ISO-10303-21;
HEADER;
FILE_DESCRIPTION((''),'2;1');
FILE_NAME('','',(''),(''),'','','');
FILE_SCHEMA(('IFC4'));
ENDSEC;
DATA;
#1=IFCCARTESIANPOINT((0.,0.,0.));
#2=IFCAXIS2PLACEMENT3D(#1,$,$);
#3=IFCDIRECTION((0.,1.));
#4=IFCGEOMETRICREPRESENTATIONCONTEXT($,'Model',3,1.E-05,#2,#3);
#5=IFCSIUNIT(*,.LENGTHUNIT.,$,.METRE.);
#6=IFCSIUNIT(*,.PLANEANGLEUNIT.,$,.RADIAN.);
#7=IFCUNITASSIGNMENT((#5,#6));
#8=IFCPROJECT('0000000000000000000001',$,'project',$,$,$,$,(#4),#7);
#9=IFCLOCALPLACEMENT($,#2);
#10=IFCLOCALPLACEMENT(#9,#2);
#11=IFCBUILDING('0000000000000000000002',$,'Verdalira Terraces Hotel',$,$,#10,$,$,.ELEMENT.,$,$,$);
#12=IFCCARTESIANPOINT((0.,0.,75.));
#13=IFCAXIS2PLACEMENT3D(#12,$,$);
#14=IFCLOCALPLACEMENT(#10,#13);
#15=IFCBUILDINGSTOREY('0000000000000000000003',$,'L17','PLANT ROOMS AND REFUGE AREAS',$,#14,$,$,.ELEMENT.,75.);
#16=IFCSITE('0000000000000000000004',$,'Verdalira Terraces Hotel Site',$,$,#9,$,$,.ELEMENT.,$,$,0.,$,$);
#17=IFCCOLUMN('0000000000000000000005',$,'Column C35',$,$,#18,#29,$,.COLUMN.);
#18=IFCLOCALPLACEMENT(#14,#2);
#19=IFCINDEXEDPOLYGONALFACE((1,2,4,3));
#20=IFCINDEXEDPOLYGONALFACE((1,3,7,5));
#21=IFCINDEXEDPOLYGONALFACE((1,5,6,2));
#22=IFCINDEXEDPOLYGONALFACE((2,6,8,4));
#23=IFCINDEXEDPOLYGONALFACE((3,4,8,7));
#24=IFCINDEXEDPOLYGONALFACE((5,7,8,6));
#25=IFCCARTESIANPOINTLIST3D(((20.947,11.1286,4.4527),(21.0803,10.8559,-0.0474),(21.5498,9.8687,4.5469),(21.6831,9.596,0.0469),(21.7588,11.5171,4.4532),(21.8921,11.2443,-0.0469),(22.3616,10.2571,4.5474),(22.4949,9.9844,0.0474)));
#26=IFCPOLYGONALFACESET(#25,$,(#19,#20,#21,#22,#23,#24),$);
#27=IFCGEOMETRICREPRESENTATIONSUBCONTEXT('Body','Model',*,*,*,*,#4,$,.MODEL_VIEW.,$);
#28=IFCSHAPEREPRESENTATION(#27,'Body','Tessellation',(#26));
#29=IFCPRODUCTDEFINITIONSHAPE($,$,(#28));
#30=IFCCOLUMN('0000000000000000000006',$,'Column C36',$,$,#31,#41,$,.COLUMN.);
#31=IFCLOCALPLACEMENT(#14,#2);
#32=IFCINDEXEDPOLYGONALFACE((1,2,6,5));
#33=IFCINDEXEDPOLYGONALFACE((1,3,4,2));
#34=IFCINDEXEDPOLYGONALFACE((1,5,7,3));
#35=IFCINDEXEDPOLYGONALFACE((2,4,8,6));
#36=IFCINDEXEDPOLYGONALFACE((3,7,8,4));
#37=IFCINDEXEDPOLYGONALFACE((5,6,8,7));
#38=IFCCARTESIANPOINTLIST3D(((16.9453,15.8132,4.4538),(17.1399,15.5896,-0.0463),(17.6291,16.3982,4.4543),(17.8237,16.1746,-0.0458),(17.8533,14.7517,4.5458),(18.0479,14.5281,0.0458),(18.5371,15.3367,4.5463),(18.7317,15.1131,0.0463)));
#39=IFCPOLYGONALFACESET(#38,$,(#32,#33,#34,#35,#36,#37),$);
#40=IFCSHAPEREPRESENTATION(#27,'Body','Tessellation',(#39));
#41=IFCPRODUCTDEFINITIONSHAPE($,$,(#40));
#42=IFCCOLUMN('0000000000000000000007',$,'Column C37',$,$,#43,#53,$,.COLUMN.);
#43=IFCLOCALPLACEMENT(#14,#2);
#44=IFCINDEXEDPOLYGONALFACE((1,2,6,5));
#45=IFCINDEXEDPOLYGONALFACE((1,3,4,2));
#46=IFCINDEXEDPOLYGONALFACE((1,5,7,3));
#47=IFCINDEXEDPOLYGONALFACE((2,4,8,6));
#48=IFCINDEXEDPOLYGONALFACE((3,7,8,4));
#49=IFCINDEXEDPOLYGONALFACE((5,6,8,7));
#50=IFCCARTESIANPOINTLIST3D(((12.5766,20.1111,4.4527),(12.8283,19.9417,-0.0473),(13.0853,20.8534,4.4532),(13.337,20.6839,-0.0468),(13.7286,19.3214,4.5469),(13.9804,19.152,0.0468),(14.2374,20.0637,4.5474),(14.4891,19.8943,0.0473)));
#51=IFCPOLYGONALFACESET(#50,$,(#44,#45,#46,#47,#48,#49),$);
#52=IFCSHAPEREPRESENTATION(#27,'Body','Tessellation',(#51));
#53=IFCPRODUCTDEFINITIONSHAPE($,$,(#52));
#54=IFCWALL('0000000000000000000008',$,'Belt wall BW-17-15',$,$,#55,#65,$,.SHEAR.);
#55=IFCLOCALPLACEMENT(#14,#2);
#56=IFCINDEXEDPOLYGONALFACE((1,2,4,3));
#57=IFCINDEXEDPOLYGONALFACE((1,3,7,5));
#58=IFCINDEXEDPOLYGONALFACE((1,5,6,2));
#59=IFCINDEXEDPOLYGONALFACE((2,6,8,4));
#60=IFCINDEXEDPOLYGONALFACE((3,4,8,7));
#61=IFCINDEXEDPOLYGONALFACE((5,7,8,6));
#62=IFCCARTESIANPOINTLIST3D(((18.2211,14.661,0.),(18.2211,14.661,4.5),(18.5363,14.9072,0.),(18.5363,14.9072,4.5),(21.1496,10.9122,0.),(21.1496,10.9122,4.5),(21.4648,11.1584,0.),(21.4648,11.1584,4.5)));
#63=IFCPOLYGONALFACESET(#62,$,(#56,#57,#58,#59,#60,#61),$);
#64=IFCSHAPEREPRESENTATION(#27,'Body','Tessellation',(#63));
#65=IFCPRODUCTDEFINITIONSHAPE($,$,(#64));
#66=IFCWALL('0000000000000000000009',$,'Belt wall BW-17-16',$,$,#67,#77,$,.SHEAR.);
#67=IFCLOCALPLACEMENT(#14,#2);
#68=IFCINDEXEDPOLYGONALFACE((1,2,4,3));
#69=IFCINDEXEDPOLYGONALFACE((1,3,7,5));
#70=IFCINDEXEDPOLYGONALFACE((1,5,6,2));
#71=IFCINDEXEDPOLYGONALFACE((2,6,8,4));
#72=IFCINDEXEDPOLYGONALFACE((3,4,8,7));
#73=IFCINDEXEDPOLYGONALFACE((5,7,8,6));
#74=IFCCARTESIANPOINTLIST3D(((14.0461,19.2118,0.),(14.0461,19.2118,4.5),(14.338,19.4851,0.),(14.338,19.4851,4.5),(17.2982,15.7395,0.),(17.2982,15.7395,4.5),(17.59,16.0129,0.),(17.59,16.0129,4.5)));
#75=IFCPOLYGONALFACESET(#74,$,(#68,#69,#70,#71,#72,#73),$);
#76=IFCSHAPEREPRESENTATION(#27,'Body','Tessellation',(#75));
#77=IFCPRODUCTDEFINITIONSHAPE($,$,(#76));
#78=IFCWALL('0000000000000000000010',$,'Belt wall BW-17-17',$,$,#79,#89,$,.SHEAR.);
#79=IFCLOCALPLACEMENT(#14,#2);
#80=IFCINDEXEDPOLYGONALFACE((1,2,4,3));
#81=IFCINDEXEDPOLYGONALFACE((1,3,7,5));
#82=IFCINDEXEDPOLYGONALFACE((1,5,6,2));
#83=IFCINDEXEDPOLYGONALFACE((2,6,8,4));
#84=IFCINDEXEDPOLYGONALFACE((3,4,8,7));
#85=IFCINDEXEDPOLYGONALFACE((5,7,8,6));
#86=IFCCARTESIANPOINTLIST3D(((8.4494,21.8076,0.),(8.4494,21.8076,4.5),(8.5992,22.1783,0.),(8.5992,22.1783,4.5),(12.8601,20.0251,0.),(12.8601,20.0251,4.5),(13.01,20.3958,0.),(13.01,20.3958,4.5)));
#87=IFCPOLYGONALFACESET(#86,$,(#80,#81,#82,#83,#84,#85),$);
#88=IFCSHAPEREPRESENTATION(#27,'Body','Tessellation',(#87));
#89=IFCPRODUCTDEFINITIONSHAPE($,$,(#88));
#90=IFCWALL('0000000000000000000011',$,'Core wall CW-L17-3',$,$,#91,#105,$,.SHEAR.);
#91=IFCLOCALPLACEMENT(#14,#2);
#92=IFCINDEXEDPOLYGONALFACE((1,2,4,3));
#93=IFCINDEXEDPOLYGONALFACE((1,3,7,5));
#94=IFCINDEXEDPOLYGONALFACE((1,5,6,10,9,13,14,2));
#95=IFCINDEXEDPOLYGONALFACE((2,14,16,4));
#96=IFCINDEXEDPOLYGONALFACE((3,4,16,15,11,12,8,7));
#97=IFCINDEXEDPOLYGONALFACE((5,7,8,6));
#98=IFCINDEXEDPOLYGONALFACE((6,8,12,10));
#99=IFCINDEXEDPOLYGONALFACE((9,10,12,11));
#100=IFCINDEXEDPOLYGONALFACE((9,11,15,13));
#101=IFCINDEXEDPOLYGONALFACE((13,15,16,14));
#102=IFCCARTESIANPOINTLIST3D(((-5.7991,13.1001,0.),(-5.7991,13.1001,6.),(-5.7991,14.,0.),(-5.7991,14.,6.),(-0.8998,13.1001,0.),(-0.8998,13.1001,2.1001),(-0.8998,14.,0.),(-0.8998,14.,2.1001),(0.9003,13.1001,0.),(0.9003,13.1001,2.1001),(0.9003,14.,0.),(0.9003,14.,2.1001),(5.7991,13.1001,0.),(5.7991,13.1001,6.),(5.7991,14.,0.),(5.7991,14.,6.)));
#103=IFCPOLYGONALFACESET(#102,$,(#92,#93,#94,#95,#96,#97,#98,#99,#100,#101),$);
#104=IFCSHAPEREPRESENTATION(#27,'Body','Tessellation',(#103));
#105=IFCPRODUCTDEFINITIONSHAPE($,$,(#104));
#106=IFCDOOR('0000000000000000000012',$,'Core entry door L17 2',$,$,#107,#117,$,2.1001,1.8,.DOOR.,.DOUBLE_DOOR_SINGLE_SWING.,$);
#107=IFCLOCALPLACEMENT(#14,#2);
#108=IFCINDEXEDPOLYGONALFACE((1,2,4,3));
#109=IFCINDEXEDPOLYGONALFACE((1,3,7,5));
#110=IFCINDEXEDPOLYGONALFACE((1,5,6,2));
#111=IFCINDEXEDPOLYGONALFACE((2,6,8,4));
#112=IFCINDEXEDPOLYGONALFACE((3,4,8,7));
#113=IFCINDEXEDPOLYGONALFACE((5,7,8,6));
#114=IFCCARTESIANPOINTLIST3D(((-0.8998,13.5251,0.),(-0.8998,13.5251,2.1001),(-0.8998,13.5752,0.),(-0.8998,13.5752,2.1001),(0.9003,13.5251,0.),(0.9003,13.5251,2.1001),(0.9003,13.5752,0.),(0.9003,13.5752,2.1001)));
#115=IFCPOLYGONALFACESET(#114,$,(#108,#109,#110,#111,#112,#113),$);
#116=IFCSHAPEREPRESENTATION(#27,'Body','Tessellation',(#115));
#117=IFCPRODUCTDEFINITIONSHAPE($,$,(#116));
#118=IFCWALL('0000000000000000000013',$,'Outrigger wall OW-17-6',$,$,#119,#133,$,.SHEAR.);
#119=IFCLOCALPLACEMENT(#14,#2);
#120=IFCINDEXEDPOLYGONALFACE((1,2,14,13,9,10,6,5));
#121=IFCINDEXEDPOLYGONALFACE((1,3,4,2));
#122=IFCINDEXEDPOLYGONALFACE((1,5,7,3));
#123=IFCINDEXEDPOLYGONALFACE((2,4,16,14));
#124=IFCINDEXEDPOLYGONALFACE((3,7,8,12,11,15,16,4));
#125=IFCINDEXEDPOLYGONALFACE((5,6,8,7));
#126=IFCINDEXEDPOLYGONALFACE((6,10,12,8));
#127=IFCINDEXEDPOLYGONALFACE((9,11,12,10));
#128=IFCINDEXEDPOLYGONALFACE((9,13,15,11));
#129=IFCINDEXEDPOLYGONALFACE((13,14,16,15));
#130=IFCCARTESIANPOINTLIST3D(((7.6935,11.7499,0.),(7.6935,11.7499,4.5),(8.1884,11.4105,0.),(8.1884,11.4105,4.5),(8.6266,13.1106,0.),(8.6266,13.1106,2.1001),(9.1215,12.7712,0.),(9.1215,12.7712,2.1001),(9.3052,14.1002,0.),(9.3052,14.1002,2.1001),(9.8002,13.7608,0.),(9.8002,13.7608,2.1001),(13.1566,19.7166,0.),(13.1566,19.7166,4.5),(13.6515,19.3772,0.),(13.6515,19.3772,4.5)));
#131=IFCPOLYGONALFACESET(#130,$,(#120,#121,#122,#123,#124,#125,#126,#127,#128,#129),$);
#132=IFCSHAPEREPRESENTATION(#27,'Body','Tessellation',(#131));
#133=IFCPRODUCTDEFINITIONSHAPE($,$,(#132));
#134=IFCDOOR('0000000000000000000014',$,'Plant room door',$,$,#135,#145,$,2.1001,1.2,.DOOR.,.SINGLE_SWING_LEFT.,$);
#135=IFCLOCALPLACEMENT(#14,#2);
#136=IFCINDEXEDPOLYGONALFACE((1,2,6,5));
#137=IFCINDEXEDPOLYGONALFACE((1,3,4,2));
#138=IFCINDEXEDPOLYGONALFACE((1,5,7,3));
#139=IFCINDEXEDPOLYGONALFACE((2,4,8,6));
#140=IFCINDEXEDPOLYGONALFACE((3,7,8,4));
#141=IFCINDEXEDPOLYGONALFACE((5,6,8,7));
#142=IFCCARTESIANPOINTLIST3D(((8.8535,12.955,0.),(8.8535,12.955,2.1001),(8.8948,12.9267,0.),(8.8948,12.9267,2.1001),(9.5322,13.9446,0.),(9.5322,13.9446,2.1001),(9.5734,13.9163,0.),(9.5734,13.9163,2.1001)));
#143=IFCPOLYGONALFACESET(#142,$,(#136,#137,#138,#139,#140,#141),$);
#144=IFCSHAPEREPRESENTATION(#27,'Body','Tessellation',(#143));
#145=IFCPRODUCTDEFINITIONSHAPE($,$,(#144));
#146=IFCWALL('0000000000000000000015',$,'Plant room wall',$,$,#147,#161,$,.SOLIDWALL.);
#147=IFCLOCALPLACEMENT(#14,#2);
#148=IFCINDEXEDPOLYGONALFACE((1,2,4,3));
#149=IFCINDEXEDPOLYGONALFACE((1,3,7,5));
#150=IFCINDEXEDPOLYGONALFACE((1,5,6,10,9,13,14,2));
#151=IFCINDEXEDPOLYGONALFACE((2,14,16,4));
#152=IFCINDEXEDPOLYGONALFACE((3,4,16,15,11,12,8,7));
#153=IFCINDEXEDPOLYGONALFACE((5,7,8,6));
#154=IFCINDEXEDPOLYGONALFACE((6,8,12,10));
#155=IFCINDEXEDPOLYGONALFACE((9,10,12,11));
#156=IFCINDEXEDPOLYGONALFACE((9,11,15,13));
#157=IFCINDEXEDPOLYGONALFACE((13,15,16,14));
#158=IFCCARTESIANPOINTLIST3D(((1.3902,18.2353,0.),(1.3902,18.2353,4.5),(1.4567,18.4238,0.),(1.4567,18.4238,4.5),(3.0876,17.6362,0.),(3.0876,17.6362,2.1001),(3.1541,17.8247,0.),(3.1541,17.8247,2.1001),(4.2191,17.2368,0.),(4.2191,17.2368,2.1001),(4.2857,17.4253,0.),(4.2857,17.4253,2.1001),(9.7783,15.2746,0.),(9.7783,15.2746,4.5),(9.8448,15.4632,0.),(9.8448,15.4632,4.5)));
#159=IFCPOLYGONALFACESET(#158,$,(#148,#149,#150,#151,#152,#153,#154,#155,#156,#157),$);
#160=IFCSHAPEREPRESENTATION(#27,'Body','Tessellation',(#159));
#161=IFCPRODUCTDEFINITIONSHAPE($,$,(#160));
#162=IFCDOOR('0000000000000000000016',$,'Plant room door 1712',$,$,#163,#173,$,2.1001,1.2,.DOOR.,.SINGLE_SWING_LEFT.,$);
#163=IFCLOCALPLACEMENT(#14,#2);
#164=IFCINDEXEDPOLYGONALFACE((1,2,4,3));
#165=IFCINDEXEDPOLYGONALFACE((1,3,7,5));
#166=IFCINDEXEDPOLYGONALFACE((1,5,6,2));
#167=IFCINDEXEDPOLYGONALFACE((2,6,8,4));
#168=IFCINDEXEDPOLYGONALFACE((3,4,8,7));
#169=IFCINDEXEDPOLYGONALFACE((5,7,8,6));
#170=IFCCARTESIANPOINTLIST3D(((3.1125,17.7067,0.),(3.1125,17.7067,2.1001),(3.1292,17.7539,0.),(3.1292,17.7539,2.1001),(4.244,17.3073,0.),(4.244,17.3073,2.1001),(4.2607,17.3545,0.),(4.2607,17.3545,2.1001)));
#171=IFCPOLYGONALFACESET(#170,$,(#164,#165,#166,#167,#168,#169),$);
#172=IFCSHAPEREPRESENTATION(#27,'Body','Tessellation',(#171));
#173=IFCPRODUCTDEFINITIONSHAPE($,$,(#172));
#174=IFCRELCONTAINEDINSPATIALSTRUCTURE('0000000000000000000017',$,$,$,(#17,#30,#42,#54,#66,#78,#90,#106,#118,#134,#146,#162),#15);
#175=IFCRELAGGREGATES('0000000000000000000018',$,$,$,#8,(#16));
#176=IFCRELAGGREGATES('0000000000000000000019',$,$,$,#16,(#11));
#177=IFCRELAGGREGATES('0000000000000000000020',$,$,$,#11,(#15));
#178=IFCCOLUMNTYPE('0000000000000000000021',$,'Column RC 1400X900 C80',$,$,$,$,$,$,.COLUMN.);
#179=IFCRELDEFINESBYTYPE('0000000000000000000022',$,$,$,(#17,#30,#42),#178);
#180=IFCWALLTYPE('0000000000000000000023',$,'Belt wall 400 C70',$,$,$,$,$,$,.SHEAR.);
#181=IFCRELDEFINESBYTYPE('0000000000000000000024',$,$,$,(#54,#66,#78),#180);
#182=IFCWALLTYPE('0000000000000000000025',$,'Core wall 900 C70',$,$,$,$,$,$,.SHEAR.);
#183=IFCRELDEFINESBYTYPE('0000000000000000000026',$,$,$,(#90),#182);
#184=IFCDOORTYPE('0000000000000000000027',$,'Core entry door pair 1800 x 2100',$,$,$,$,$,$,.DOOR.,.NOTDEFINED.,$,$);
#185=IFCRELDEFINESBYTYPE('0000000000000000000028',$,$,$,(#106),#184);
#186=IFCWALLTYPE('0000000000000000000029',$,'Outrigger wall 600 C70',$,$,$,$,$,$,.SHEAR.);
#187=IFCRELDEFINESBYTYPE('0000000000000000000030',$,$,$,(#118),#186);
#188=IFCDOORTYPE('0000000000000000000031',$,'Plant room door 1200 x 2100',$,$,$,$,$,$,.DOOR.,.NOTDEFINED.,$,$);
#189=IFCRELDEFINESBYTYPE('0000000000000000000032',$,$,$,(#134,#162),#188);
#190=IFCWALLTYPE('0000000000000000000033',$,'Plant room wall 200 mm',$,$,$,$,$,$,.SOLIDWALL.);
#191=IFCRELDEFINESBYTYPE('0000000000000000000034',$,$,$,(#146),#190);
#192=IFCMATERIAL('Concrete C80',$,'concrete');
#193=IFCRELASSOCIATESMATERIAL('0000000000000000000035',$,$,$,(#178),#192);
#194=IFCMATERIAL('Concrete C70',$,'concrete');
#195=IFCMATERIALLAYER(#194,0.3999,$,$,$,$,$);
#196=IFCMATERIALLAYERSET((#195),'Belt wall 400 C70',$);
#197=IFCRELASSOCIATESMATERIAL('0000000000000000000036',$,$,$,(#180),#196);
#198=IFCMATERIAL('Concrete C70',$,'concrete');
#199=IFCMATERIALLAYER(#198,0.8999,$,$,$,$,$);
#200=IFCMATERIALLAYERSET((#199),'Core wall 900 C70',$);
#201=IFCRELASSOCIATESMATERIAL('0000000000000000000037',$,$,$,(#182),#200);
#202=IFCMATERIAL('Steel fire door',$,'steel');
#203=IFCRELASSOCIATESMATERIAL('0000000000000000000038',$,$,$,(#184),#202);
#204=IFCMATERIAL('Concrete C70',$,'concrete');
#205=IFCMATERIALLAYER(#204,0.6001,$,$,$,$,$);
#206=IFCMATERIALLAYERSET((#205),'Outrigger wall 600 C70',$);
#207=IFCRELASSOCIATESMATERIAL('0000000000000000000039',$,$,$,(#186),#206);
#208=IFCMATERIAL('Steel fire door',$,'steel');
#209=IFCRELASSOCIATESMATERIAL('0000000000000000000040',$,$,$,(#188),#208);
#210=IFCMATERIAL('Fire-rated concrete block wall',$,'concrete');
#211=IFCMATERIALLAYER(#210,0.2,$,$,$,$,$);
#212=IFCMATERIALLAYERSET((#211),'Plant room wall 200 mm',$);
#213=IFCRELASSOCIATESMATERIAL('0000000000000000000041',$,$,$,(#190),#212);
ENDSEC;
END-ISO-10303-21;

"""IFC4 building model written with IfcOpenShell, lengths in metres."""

from ifc_helpers import new_model, si_unit, direction, frame, frame_2d, origin, origin_2d, place, context, subcontext, project, spatial, rectangle, extrude, material, layer, layer_set, material_profile, profile_set, type_object, element, fill, save


model = new_model("IFC4")

# Units and contexts
model_context = context("Model", 3, precision=1e-05, world=origin(), true_north=direction((0.0, 1.0)))
body_context = subcontext(model_context, "Body", "Model", "MODEL_VIEW")
ifc_project = project(units=[si_unit("LENGTHUNIT", "METRE"), si_unit("PLANEANGLEUNIT", "RADIAN")], contexts=[model_context])

# Site, building, storey
site_placement = place(None, origin())
site = spatial("IfcSite", under=ifc_project, at=site_placement, Name="Verdalira Terraces Hotel Site", CompositionType="ELEMENT", RefElevation=0.0)
building_placement = place(site_placement, origin())
building = spatial("IfcBuilding", under=site, at=building_placement, Name="Verdalira Terraces Hotel", CompositionType="ELEMENT")
storey_placement = place(building_placement, frame((0.0, 0.0, 75.0)))
storey = spatial("IfcBuildingStorey", under=building, at=storey_placement, Name="L17", Description="PLANT ROOMS AND REFUGE AREAS", CompositionType="ELEMENT", Elevation=75.0)

# Columns
ifc_material_1 = material(Name="Concrete C80", Category="concrete")
ifc_material_profile_1 = material_profile(ifc_material_1, rectangle(XDim=1.3999, YDim=0.8999, at=origin_2d()), Name="RC 1400X900")
ifc_profile_set_1 = profile_set([ifc_material_profile_1], Name="Concrete C80")
column_type = type_object("IfcColumnType", Name="Column RC 1400X900 C80", PredefinedType="COLUMN", material=ifc_profile_set_1)
column_1_placement = place(storey_placement, frame((21.7876, 10.4202, 0.0), z_axis=(-0.029555, 0.060464, 0.997733), x_axis=(0.430598, -0.900031, 0.067298)))
element("IfcColumn", 1, at=column_1_placement, inside=storey, type_object=column_type, Name="Column C35", PredefinedType="COLUMN", context=body_context, shape_type="SweptSolid", body=[
    extrude(rectangle(XDim=1.3999, YDim=0.8999, at=origin_2d()), origin(), (0.0, 0.0, 1.0), 4.5103),
])
column_2_placement = place(storey_placement, frame((17.9358, 15.3513, 0.0), z_axis=(-0.043147, 0.049589, 0.997837), x_axis=(-0.648627, 0.758263, -0.065729)))
element("IfcColumn", 2, at=column_2_placement, inside=storey, type_object=column_type, Name="Column C36", PredefinedType="COLUMN", context=body_context, shape_type="SweptSolid", body=[
    extrude(rectangle(XDim=1.3999, YDim=0.8999, at=origin_2d()), origin(), (0.0, 0.0, 1.0), 4.5098),
])
column_3_placement = place(storey_placement, frame((13.6587, 19.918, 0.0), z_axis=(-0.055809, 0.037567, 0.997735), x_axis=(0.822969, -0.564089, 0.067272)))
element("IfcColumn", 3, at=column_3_placement, inside=storey, type_object=column_type, Name="Column C37", PredefinedType="COLUMN", context=body_context, shape_type="SweptSolid", body=[
    extrude(rectangle(XDim=1.3999, YDim=0.8999, at=origin_2d()), origin(), (0.0, 0.0, 1.0), 4.5103),
])

# Walls
ifc_material_2 = material(Name="Concrete C70", Category="concrete")
ifc_layer_1 = layer(ifc_material_2, 0.3999)
ifc_layer_set_1 = layer_set([ifc_layer_1], Name="Belt wall 400 C70")
wall_type_1 = type_object("IfcWallType", Name="Belt wall 400 C70", PredefinedType="SHEAR", material=ifc_layer_set_1)
wall_1_placement = place(storey_placement, frame((21.3071, 11.0354, 0.0), z_axis=(0.0, 0.0, 1.0), x_axis=(-0.615609, 0.788052, 0.0)))
element("IfcWall", 4, at=wall_1_placement, inside=storey, type_object=wall_type_1, Name="Belt wall BW-17-15", PredefinedType="SHEAR", context=body_context, shape_type="SweptSolid", body=[
    extrude(rectangle(XDim=4.7571, YDim=0.3999, at=frame_2d((2.3784, 0.0))), origin(), (0.0, 0.0, 1.0), 4.5),
])
for number, where, z_axis, x_axis, name in (
    (5, (17.4441, 15.8762, 0.0), (0.0, 0.0, 1.0), (-0.683583, 0.729873, 0.0), "Belt wall BW-17-16"),
    (6, (12.9351, 20.2104, 0.0), (0.0, 0.0, 1.0), (-0.927151, 0.374689, 0.0), "Belt wall BW-17-17"),
):
    element("IfcWall", number, at=place(storey_placement, frame(where, z_axis=z_axis, x_axis=x_axis)), inside=storey, type_object=wall_type_1, Name=name, PredefinedType="SHEAR", context=body_context, shape_type="SweptSolid", body=[
        extrude(rectangle(XDim=4.7573, YDim=0.3999, at=frame_2d((2.3787, 0.0))), origin(), (0.0, 0.0, 1.0), 4.5),
    ])

# Walls, openings, doors
ifc_material_3 = material(Name="Concrete C70", Category="concrete")
ifc_layer_2 = layer(ifc_material_3, 0.8999)
ifc_layer_set_2 = layer_set([ifc_layer_2], Name="Core wall 900 C70")
wall_type_2 = type_object("IfcWallType", Name="Core wall 900 C70", PredefinedType="SHEAR", material=ifc_layer_set_2)
wall_2_placement = place(storey_placement, frame((5.7991, 13.55, 0.0), z_axis=(0.0, 0.0, 1.0), x_axis=(-1.0, 0.0, 0.0)))
wall_2 = element("IfcWall", 7, at=wall_2_placement, inside=storey, type_object=wall_type_2, Name="Core wall CW-L17-3", PredefinedType="SHEAR", context=body_context, shape_type="SweptSolid", body=[
    extrude(rectangle(XDim=11.5981, YDim=0.8999, at=frame_2d((5.7991, 0.0))), origin(), (0.0, 0.0, 1.0), 6.0),
])
opening_1_placement = place(wall_2_placement, frame((4.8989, 0.0, 0.0)))
opening_1 = element("IfcOpeningElement", 8, at=opening_1_placement, cuts=wall_2, PredefinedType="OPENING", context=body_context, shape_type="SweptSolid", body=[
    extrude(rectangle(XDim=1.8, YDim=2.1001, at=frame_2d((0.8999, 1.05))), frame((0.0, 0.46, 0.0), z_axis=(0.0, -1.0, 0.0), x_axis=(1.0, 0.0, 0.0)), (0.0, 0.0, 1.0), 0.9199),
])
ifc_material_4 = material(Name="Steel fire door", Category="steel")
door_type_1 = type_object("IfcDoorType", Name="Core entry door pair 1800 x 2100", OperationType="NOTDEFINED", PredefinedType="DOOR", material=ifc_material_4)
door_1_placement = place(opening_1_placement, origin())
door_1 = element("IfcDoor", 9, at=door_1_placement, inside=storey, type_object=door_type_1, Name="Core entry door L17 2", OperationType="DOUBLE_DOOR_SINGLE_SWING", OverallHeight=2.1001, OverallWidth=1.8, PredefinedType="DOOR", context=body_context, shape_type="SweptSolid", body=[
    extrude(rectangle(XDim=1.8, YDim=2.1001, at=frame_2d((0.8999, 1.05))), frame((0.0, 0.0249, 0.0), z_axis=(0.0, -1.0, 0.0), x_axis=(1.0, 0.0, 0.0)), (0.0, 0.0, 1.0), 0.05),
])
fill(opening_1, door_1)
ifc_material_5 = material(Name="Concrete C70", Category="concrete")
ifc_layer_3 = layer(ifc_material_5, 0.6001)
ifc_layer_set_3 = layer_set([ifc_layer_3], Name="Outrigger wall 600 C70")
wall_type_3 = type_object("IfcWallType", Name="Outrigger wall 600 C70", PredefinedType="SHEAR", material=ifc_layer_set_3)
wall_3_placement = place(storey_placement, frame((7.9409, 11.5801, 0.0), z_axis=(0.0, 0.0, 1.0), x_axis=(0.565542, 0.82472, 0.0)))
wall_3 = element("IfcWall", 10, at=wall_3_placement, inside=storey, type_object=wall_type_3, Name="Outrigger wall OW-17-6", PredefinedType="SHEAR", context=body_context, shape_type="SweptSolid", body=[
    extrude(rectangle(XDim=9.6599, YDim=0.6001, at=frame_2d((4.8301, 0.0))), origin(), (0.0, 0.0, 1.0), 4.5),
])
opening_2_placement = place(wall_3_placement, frame((1.6499, 0.0, 0.0)))
opening_2 = element("IfcOpeningElement", 11, at=opening_2_placement, cuts=wall_3, PredefinedType="OPENING", context=body_context, shape_type="SweptSolid", body=[
    extrude(rectangle(XDim=1.2, YDim=2.1001, at=frame_2d((0.6001, 1.05))), frame((0.0, 0.3101, 0.0), z_axis=(0.0, -1.0, 0.0), x_axis=(1.0, 0.0, 0.0)), (0.0, 0.0, 1.0), 0.6201),
])
ifc_material_6 = material(Name="Steel fire door", Category="steel")
door_type_2 = type_object("IfcDoorType", Name="Plant room door 1200 x 2100", OperationType="NOTDEFINED", PredefinedType="DOOR", material=ifc_material_6)
door_2_placement = place(opening_2_placement, origin())
door_2 = element("IfcDoor", 12, at=door_2_placement, inside=storey, type_object=door_type_2, Name="Plant room door", OperationType="SINGLE_SWING_LEFT", OverallHeight=2.1001, OverallWidth=1.2, PredefinedType="DOOR", context=body_context, shape_type="SweptSolid", body=[
    extrude(rectangle(XDim=1.2, YDim=2.1001, at=frame_2d((0.6001, 1.05))), frame((0.0, 0.0249, 0.0), z_axis=(0.0, -1.0, 0.0), x_axis=(1.0, 0.0, 0.0)), (0.0, 0.0, 1.0), 0.05),
])
fill(opening_2, door_2)
ifc_material_7 = material(Name="Fire-rated concrete block wall", Category="concrete")
ifc_layer_4 = layer(ifc_material_7, 0.2)
ifc_layer_set_4 = layer_set([ifc_layer_4], Name="Plant room wall 200 mm")
wall_type_4 = type_object("IfcWallType", Name="Plant room wall 200 mm", PredefinedType="SOLIDWALL", material=ifc_layer_set_4)
wall_4_placement = place(storey_placement, frame((1.4233, 18.3296, 0.0), z_axis=(0.0, 0.0, 1.0), x_axis=(0.942985, -0.332836, 0.0)))
wall_4 = element("IfcWall", 13, at=wall_4_placement, inside=storey, type_object=wall_type_4, Name="Plant room wall", PredefinedType="SOLIDWALL", context=body_context, shape_type="SweptSolid", body=[
    extrude(rectangle(XDim=8.8953, YDim=0.2, at=frame_2d((4.4478, 0.0))), origin(), (0.0, 0.0, 1.0), 4.5),
])
opening_3_placement = place(wall_4_placement, frame((1.8, 0.0, 0.0)))
opening_3 = element("IfcOpeningElement", 14, at=opening_3_placement, cuts=wall_4, PredefinedType="OPENING", context=body_context, shape_type="SweptSolid", body=[
    extrude(rectangle(XDim=1.2, YDim=2.1001, at=frame_2d((0.6001, 1.05))), frame((0.0, 0.1099, 0.0), z_axis=(0.0, -1.0, 0.0), x_axis=(1.0, 0.0, 0.0)), (0.0, 0.0, 1.0), 0.22),
])
door_3_placement = place(opening_3_placement, origin())
door_3 = element("IfcDoor", 15, at=door_3_placement, inside=storey, type_object=door_type_2, Name="Plant room door 1712", OperationType="SINGLE_SWING_LEFT", OverallHeight=2.1001, OverallWidth=1.2, PredefinedType="DOOR", context=body_context, shape_type="SweptSolid", body=[
    extrude(rectangle(XDim=1.2, YDim=2.1001, at=frame_2d((0.6001, 1.05))), frame((0.0, 0.0249, 0.0), z_axis=(0.0, -1.0, 0.0), x_axis=(1.0, 0.0, 0.0)), (0.0, 0.0, 1.0), 0.05),
])
fill(opening_3, door_3)

save(model, "model.ifc")
